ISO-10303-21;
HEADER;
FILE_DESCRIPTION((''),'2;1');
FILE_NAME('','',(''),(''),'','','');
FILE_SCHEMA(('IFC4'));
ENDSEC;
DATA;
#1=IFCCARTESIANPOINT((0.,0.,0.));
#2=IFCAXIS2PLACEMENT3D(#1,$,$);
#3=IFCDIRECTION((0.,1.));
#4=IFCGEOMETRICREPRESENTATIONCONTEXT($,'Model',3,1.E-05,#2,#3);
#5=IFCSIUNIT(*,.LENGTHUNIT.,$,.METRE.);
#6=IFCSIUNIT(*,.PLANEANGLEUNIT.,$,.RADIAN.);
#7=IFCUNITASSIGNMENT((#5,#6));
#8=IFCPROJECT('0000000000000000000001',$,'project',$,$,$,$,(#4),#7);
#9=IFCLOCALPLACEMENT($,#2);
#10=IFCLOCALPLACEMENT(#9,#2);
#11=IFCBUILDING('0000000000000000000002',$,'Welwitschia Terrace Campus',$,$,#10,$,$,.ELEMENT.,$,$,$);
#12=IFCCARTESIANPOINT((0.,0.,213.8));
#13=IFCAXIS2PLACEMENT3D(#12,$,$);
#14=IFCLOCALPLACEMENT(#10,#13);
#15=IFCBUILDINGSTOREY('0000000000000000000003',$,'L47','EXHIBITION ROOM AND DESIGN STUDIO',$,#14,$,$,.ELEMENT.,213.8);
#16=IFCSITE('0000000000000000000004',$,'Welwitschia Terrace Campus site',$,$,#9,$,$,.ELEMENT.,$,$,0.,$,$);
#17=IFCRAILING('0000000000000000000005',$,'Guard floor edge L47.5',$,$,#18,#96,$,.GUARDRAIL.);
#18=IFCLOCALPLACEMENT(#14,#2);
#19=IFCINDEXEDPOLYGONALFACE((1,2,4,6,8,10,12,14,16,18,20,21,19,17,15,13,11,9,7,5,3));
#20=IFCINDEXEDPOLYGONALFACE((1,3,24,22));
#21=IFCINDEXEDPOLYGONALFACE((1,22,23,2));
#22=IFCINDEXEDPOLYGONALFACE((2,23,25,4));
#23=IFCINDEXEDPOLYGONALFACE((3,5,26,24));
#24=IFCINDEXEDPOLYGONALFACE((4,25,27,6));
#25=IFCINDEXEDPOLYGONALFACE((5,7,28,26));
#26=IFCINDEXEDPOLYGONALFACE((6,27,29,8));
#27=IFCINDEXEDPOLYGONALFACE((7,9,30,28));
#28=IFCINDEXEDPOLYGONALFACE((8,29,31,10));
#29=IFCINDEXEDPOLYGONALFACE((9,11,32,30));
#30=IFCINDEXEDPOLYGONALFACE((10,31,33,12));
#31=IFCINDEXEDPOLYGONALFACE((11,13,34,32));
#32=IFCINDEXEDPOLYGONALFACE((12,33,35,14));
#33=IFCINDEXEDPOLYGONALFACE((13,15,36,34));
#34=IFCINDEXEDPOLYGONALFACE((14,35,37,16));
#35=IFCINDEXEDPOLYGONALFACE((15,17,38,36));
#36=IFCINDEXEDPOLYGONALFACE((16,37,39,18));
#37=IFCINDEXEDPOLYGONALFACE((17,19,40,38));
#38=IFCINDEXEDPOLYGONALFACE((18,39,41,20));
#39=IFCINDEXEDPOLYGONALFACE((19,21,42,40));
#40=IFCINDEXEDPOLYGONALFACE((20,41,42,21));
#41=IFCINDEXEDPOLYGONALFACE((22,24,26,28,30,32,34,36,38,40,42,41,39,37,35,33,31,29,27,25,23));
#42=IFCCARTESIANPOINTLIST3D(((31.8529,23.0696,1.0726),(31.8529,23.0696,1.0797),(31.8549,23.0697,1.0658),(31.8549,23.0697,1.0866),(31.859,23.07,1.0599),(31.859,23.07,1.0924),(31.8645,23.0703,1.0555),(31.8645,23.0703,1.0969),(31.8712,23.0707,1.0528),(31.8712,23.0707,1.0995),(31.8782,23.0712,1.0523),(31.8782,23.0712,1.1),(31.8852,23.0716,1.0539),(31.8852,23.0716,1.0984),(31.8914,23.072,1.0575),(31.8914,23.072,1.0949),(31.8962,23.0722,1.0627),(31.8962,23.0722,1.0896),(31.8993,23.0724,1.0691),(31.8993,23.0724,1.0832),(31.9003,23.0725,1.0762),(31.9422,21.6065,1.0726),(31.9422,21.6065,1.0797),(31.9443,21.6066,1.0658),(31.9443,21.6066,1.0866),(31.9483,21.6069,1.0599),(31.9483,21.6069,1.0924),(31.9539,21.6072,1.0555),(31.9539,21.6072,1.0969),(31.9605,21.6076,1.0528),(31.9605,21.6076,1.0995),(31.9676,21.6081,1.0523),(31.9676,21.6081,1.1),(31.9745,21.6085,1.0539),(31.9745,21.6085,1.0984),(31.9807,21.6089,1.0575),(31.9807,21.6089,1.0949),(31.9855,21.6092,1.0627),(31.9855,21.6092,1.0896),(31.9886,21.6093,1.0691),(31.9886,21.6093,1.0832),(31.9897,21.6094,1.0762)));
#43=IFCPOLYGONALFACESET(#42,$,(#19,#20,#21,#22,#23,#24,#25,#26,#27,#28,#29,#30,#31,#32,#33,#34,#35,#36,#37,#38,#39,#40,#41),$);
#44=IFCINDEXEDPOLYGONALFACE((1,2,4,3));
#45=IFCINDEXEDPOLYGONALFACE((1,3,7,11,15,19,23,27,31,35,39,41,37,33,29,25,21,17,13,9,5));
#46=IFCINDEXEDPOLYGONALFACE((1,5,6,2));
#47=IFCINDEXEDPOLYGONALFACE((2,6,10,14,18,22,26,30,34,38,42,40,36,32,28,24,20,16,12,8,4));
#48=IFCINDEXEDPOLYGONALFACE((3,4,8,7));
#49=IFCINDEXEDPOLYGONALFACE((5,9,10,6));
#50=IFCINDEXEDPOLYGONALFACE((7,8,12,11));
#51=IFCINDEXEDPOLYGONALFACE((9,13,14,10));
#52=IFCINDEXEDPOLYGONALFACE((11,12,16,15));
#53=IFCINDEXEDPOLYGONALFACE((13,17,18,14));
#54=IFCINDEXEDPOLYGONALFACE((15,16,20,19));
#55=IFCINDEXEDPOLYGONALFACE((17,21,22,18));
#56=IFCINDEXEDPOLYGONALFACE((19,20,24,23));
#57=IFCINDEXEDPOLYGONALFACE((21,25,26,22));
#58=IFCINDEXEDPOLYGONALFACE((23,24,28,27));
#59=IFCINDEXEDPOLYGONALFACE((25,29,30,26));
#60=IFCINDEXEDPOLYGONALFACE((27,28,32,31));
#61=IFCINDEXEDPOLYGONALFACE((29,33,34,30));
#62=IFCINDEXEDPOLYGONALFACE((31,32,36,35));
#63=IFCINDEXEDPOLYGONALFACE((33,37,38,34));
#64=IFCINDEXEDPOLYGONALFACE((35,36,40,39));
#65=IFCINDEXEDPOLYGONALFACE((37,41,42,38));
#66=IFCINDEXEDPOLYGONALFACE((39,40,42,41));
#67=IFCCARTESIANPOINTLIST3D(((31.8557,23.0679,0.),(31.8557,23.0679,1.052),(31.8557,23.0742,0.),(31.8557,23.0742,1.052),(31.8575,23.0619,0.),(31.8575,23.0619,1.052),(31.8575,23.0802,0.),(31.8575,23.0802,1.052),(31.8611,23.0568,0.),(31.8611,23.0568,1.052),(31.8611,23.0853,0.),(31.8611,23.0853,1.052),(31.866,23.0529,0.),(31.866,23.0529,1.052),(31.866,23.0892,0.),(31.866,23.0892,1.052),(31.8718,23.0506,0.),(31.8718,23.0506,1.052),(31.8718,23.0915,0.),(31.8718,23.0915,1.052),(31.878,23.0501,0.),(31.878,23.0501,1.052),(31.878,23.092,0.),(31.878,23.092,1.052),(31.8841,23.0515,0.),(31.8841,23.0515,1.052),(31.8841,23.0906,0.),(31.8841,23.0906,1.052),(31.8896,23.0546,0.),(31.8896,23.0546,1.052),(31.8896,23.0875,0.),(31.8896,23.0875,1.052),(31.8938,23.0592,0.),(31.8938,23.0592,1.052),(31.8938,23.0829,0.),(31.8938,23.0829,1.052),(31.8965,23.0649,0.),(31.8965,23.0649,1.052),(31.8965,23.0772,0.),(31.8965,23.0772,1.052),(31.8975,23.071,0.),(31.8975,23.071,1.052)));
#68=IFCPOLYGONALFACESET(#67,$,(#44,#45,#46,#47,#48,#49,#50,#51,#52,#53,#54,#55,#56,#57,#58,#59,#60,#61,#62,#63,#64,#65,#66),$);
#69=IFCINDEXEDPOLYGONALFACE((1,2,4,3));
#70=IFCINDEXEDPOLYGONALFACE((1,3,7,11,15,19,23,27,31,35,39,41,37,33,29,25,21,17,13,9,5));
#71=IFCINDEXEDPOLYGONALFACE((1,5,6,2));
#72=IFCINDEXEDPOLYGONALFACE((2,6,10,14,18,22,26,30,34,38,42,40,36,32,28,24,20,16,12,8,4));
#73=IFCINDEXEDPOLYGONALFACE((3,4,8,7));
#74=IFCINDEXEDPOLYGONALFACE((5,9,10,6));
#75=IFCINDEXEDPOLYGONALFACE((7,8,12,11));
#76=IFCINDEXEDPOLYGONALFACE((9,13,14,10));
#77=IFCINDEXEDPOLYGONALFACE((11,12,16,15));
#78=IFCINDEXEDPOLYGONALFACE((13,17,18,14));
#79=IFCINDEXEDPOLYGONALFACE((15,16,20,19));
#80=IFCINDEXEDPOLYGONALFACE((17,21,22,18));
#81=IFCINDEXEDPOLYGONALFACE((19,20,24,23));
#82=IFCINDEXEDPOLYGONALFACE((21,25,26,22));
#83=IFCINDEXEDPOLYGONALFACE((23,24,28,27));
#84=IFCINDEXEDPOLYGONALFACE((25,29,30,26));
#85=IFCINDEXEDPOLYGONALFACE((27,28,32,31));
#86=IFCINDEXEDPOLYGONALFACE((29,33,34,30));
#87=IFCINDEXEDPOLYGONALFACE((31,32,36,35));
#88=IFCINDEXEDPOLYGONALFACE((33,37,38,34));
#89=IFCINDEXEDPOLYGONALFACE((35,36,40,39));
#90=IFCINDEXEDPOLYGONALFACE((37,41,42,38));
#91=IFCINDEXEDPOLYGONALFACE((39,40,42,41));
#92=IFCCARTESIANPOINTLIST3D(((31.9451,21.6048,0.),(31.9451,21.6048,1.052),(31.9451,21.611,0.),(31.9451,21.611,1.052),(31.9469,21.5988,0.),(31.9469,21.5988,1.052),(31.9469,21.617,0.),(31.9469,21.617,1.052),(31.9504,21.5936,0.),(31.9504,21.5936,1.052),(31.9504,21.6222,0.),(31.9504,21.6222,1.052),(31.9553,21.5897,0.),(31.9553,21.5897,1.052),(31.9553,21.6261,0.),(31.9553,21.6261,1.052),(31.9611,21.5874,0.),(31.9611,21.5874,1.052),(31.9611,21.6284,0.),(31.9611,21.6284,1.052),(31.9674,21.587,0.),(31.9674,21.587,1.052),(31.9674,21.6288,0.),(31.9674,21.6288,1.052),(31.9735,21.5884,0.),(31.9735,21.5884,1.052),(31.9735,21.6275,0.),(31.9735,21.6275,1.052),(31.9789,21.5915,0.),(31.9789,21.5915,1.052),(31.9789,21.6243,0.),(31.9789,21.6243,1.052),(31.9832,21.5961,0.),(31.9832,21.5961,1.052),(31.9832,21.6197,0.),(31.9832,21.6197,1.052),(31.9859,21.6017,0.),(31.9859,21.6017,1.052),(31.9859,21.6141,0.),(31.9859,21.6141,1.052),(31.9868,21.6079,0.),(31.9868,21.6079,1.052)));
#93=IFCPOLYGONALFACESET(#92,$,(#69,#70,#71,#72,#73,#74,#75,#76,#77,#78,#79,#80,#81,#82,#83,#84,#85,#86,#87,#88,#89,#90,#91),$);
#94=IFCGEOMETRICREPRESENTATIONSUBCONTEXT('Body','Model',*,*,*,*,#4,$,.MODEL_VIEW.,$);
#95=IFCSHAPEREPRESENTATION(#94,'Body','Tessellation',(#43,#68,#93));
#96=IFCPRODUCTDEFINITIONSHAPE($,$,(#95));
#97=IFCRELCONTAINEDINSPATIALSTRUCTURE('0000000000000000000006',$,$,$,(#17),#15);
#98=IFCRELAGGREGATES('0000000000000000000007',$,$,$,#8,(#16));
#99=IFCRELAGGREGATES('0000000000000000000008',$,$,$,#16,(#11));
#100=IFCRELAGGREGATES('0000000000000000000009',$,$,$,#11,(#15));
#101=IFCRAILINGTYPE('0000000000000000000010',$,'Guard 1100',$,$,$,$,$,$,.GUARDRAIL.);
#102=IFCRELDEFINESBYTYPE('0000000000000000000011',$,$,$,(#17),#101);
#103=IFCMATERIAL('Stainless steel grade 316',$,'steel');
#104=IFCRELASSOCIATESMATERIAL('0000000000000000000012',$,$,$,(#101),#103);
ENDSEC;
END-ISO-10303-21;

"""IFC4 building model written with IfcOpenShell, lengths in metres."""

from ifc_helpers import new_model, si_unit, direction, frame, origin, origin_2d, place, context, subcontext, project, spatial, circle, extrude, material, type_object, element, save


model = new_model("IFC4")

# Units and contexts
model_context = context("Model", 3, precision=1e-05, world=origin(), true_north=direction((0.0, 1.0)))
body_context = subcontext(model_context, "Body", "Model", "MODEL_VIEW")
ifc_project = project(units=[si_unit("LENGTHUNIT", "METRE"), si_unit("PLANEANGLEUNIT", "RADIAN")], contexts=[model_context])

# Site, building, storey
site_placement = place(None, origin())
site = spatial("IfcSite", under=ifc_project, at=site_placement, Name="Welwitschia Terrace Campus site", CompositionType="ELEMENT", RefElevation=0.0)
building_placement = place(site_placement, origin())
building = spatial("IfcBuilding", under=site, at=building_placement, Name="Welwitschia Terrace Campus", CompositionType="ELEMENT")
storey_placement = place(building_placement, frame((0.0, 0.0, 213.8)))
storey = spatial("IfcBuildingStorey", under=building, at=storey_placement, Name="L47", Description="EXHIBITION ROOM AND DESIGN STUDIO", CompositionType="ELEMENT", Elevation=213.8)

# Railing
ifc_material_1 = material(Name="Stainless steel grade 316", Category="steel")
railing_type = type_object("IfcRailingType", Name="Guard 1100", PredefinedType="GUARDRAIL", material=ifc_material_1)
railing_1_placement = place(storey_placement, frame((31.8765, 23.071, 0.0)))
element("IfcRailing", 1, at=railing_1_placement, inside=storey, type_object=railing_type, Name="Guard floor edge L47.5", PredefinedType="GUARDRAIL", context=body_context, shape_type="SweptSolid", body=[
    extrude(circle(Radius=0.0239, at=origin_2d()), frame((0.0, 0.0, 1.0762), z_axis=(0.060958, -0.99814, 0.0), x_axis=(0.99814, 0.060958, 0.0)), (0.0, 0.0, 1.0), 1.4658),
    extrude(circle(Radius=0.021, at=origin_2d()), origin(), (0.0, 0.0, 1.0), 1.052),
    extrude(circle(Radius=0.021, at=origin_2d()), frame((0.0894, -1.4631, 0.0)), (0.0, 0.0, 1.0), 1.052),
])

save(model, "model.ifc")
